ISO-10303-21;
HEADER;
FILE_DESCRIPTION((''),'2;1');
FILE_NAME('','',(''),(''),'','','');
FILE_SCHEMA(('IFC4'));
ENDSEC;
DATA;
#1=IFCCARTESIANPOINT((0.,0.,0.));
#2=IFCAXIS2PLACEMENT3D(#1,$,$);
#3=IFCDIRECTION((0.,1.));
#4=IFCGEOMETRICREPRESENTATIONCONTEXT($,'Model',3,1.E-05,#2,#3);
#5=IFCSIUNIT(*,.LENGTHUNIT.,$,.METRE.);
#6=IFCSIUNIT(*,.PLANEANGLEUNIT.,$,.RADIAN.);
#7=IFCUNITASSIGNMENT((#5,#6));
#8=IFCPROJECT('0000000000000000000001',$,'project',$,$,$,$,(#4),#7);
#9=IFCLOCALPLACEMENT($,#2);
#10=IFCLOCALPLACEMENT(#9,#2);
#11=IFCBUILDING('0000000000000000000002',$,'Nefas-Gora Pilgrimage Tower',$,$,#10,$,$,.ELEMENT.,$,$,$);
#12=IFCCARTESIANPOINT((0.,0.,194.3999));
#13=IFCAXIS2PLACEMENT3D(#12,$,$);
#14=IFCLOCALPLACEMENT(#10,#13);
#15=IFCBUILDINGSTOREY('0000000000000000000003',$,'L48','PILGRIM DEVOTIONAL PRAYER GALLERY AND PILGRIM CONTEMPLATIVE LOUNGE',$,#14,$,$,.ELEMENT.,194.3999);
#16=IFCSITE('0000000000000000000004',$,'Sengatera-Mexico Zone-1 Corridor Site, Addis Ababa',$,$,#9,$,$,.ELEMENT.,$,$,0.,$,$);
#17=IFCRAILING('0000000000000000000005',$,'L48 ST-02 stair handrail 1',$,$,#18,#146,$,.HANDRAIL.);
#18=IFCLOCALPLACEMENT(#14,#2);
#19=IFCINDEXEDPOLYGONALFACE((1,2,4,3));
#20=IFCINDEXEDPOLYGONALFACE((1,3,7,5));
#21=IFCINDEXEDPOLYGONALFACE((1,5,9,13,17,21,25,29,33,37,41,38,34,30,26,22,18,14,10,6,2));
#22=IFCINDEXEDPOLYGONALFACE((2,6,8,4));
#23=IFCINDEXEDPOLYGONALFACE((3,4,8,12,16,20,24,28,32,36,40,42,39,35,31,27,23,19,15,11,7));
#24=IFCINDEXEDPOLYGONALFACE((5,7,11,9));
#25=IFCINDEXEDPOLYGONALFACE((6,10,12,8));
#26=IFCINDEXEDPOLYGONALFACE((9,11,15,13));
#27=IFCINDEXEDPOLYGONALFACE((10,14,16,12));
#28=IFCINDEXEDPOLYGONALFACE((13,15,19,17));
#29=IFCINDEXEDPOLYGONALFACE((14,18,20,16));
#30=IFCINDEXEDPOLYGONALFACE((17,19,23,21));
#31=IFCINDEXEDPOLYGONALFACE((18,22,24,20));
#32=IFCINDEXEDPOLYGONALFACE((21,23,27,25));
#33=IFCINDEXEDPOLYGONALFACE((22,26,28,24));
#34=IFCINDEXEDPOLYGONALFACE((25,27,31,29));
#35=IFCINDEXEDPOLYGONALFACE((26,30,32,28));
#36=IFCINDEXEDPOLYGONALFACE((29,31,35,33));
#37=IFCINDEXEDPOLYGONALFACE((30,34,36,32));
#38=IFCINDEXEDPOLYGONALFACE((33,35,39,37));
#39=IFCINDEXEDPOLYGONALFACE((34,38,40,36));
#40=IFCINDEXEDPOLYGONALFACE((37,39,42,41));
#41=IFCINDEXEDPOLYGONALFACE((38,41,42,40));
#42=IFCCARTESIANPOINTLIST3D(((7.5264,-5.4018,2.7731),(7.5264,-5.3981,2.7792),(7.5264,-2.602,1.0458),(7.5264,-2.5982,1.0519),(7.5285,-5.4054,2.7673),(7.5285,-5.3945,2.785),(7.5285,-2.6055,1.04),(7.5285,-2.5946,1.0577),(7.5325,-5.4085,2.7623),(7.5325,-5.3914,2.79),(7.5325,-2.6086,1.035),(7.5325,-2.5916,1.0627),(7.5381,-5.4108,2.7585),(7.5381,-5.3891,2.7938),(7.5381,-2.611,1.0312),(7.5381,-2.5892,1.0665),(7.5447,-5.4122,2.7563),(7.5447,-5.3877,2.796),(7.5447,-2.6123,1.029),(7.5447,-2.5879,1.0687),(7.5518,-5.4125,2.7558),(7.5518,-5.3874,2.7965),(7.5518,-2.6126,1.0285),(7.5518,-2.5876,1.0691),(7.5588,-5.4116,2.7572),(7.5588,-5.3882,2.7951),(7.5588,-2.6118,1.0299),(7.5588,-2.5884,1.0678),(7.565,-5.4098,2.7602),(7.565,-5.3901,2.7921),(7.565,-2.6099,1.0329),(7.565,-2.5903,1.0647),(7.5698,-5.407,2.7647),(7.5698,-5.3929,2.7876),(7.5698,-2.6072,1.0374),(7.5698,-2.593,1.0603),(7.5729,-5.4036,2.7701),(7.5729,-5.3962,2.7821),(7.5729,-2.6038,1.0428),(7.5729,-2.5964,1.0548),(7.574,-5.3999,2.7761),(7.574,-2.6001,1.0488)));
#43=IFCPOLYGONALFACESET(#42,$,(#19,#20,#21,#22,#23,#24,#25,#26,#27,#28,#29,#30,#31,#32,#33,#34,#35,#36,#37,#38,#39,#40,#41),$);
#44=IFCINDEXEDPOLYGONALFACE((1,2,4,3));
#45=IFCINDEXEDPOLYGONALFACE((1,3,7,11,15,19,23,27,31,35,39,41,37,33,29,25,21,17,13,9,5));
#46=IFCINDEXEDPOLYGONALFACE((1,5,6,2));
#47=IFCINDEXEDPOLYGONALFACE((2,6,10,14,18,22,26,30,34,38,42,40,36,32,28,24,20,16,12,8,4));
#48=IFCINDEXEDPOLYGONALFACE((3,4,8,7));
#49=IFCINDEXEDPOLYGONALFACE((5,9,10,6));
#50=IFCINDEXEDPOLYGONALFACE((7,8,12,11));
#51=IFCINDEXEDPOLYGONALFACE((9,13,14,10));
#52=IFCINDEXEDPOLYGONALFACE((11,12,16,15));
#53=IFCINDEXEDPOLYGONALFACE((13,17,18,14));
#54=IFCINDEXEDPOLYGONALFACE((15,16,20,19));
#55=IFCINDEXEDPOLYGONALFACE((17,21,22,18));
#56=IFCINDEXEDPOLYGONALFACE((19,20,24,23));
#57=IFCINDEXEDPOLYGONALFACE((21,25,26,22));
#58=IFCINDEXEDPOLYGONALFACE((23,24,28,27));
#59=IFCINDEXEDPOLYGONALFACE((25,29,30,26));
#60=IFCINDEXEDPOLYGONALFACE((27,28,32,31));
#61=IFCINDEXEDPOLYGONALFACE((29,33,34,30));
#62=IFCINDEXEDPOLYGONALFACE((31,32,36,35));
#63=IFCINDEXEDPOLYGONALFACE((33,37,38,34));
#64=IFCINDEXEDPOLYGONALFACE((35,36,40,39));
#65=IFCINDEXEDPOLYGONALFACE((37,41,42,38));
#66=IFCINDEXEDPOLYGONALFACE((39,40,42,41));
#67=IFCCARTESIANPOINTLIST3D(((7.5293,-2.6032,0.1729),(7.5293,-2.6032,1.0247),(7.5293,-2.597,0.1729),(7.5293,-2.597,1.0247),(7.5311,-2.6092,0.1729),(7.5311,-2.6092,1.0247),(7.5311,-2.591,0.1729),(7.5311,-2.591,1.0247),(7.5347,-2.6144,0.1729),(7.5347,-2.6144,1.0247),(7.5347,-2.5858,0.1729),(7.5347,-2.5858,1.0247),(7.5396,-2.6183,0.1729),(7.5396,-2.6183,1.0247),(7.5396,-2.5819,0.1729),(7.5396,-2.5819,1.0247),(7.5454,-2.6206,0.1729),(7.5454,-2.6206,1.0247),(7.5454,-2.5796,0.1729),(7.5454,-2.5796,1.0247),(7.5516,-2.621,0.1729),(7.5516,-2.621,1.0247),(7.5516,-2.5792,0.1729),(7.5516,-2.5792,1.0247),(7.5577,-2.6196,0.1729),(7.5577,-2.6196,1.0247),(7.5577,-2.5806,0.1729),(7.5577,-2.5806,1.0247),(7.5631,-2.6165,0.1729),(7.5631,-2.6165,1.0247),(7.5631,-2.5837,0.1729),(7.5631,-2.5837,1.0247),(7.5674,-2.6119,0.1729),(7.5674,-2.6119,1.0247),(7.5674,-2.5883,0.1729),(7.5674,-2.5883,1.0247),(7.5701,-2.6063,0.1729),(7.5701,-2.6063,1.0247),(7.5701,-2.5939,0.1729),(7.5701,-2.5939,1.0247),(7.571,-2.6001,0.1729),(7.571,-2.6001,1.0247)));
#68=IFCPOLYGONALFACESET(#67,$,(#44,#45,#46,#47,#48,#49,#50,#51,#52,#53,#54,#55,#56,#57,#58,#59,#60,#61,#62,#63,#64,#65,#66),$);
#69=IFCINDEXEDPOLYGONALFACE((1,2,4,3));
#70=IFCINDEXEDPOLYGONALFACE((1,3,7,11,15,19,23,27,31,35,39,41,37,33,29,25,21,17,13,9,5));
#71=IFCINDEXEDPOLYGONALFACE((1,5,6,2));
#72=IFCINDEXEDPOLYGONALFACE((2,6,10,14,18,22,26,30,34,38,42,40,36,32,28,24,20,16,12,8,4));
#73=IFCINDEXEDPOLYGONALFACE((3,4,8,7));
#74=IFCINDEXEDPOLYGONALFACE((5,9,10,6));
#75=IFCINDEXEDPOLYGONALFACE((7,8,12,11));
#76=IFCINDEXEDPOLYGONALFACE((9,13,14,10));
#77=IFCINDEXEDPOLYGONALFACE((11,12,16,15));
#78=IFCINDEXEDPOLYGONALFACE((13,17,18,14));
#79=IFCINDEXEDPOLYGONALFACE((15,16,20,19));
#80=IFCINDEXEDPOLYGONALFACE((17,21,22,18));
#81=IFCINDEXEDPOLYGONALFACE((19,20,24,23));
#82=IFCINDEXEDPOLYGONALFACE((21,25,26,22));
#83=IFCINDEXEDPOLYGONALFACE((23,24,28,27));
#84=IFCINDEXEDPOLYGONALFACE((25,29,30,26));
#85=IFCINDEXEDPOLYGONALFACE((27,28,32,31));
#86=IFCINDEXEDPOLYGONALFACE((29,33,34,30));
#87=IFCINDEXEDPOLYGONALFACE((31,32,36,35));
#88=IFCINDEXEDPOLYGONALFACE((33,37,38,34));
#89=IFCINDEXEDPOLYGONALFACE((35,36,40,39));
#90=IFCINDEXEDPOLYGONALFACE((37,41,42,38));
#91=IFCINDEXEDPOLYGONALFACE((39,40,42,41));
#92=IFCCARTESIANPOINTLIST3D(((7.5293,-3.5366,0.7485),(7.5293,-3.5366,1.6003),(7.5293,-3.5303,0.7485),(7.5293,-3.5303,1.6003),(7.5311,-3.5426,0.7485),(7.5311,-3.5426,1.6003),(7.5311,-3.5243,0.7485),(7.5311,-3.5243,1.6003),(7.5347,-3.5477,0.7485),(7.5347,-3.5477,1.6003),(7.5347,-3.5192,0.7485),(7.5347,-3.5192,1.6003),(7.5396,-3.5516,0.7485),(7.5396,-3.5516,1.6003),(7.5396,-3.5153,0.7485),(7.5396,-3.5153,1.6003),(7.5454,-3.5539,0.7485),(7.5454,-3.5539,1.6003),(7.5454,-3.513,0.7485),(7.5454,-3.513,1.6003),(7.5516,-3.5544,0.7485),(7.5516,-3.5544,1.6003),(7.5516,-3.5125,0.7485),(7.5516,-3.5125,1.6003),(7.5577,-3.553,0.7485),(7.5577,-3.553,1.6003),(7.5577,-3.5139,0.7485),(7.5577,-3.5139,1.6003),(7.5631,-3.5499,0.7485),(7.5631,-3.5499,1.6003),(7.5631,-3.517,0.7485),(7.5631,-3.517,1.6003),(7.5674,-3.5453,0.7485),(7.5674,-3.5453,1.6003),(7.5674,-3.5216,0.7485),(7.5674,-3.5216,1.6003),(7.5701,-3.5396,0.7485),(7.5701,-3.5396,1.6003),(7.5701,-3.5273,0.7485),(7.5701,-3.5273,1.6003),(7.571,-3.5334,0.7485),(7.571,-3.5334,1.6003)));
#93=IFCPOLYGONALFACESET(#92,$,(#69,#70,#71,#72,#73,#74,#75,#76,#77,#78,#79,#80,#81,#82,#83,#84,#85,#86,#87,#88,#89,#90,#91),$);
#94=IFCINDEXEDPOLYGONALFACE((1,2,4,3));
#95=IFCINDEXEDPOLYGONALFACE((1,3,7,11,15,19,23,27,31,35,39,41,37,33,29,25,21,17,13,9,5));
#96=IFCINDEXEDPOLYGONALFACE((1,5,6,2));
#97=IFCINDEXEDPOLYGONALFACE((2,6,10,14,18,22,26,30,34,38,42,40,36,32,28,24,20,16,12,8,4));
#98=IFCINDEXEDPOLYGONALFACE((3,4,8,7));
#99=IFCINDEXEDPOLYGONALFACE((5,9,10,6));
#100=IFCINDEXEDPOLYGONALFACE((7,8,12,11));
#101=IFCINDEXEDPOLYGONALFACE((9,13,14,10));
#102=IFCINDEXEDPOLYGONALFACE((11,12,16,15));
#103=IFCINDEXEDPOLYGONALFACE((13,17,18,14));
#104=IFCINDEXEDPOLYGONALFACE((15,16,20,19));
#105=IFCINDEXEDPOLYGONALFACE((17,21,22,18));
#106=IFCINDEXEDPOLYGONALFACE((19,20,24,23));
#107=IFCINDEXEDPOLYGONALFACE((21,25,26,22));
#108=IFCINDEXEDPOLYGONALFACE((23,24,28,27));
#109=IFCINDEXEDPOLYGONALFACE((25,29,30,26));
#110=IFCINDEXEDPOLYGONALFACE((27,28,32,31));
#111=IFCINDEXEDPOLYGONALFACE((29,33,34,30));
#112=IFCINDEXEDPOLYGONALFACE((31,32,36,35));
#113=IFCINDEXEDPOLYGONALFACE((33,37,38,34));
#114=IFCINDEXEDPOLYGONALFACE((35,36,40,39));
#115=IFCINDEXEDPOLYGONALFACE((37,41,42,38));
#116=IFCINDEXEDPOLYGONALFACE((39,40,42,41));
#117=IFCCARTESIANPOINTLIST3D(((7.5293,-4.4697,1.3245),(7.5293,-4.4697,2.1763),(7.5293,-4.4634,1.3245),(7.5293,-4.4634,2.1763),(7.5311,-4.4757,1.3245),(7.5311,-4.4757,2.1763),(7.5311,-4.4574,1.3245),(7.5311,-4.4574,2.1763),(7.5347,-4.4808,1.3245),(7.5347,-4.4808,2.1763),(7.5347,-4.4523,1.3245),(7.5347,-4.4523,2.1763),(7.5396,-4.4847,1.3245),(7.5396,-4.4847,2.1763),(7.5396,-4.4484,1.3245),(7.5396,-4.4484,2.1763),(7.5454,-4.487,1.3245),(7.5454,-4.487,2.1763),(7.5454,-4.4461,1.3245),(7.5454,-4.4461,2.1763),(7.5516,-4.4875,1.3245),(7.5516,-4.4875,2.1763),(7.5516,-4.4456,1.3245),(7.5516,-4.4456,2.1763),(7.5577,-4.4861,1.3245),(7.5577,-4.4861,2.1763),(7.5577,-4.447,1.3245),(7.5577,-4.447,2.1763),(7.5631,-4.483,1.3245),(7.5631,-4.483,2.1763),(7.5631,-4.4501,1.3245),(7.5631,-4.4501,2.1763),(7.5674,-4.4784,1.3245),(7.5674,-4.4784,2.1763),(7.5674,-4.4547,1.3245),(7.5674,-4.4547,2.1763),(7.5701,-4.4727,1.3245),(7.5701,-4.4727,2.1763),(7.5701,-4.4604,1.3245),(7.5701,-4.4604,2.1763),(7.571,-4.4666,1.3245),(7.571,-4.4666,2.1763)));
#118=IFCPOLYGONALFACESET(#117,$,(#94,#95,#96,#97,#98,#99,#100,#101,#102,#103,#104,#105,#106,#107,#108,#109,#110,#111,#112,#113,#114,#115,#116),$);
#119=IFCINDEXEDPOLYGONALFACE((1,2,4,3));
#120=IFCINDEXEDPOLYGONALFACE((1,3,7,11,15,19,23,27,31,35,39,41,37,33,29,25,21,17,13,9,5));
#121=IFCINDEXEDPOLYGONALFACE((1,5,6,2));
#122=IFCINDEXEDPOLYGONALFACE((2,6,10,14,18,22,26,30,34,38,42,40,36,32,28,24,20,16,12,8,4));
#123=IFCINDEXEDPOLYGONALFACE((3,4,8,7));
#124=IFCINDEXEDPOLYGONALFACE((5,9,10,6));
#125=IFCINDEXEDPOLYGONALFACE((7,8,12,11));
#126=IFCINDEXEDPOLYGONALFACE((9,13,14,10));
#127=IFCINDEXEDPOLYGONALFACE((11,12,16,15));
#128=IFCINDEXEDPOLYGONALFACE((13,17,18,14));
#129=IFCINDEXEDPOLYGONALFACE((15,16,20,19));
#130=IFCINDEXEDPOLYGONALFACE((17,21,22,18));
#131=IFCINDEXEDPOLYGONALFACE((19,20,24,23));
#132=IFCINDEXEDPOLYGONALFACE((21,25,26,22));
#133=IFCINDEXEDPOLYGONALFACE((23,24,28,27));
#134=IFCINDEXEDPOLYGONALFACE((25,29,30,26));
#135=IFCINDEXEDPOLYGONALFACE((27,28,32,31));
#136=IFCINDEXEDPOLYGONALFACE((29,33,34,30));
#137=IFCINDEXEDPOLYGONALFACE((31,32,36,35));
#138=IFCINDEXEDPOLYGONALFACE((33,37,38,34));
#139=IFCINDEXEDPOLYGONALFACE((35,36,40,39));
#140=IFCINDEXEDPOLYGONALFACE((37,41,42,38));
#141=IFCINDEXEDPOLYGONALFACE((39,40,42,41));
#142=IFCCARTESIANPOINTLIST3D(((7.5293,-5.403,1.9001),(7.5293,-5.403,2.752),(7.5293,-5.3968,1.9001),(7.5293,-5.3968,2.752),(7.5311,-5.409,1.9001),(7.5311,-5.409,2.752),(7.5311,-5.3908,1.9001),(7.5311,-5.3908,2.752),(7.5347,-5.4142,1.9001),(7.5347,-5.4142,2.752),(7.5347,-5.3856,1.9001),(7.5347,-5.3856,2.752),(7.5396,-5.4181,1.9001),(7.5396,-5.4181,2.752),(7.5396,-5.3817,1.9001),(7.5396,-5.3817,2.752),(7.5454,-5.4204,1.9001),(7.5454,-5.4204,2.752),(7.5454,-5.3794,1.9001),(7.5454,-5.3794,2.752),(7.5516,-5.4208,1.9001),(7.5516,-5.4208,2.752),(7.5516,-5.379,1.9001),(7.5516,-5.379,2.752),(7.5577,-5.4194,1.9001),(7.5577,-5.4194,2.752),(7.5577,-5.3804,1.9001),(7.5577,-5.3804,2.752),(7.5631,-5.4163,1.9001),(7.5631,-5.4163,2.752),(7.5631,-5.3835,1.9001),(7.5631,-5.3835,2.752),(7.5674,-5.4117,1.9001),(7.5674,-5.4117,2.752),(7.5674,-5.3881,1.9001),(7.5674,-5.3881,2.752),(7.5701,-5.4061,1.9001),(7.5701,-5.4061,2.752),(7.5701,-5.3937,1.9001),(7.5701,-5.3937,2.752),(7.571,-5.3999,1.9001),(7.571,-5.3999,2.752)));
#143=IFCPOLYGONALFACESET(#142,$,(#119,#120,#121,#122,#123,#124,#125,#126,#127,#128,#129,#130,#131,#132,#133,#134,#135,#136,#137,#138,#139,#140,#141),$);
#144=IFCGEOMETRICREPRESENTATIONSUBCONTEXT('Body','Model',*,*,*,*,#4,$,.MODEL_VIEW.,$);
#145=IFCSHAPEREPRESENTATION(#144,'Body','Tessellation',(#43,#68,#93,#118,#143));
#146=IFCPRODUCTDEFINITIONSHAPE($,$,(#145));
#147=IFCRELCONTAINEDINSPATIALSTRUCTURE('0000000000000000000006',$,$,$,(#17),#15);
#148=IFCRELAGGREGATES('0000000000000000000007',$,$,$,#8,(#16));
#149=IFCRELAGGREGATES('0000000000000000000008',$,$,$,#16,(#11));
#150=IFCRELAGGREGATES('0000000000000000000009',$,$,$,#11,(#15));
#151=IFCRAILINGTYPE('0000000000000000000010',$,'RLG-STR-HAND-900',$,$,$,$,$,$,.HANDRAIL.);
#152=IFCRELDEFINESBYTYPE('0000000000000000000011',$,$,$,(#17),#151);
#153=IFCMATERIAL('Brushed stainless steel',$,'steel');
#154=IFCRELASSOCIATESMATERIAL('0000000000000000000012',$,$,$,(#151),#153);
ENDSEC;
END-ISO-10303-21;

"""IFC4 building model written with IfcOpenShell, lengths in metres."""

from ifc_helpers import new_model, si_unit, direction, frame, origin, origin_2d, place, context, subcontext, project, spatial, circle, extrude, material, type_object, element, save


model = new_model("IFC4")

# Units and contexts
model_context = context("Model", 3, precision=1e-05, world=origin(), true_north=direction((0.0, 1.0)))
body_context = subcontext(model_context, "Body", "Model", "MODEL_VIEW")
ifc_project = project(units=[si_unit("LENGTHUNIT", "METRE"), si_unit("PLANEANGLEUNIT", "RADIAN")], contexts=[model_context])

# Site, building, storey
site_placement = place(None, origin())
site = spatial("IfcSite", under=ifc_project, at=site_placement, Name="Sengatera-Mexico Zone-1 Corridor Site, Addis Ababa", CompositionType="ELEMENT", RefElevation=0.0)
building_placement = place(site_placement, origin())
building = spatial("IfcBuilding", under=site, at=building_placement, Name="Nefas-Gora Pilgrimage Tower", CompositionType="ELEMENT")
storey_placement = place(building_placement, frame((0.0, 0.0, 194.3999)))
storey = spatial("IfcBuildingStorey", under=building, at=storey_placement, Name="L48", Description="PILGRIM DEVOTIONAL PRAYER GALLERY AND PILGRIM CONTEMPLATIVE LOUNGE", CompositionType="ELEMENT", Elevation=194.3999)

# Railing
ifc_material_1 = material(Name="Brushed stainless steel", Category="steel")
railing_type_1 = type_object("IfcRailingType", Name="RLG-STR-HAND-900", PredefinedType="HANDRAIL", material=ifc_material_1)
railing_1_placement = place(storey_placement, frame((7.55, -2.6001, 0.1729)))
element("IfcRailing", 1, at=railing_1_placement, inside=storey, type_object=railing_type_1, Name="L48 ST-02 stair handrail 1", PredefinedType="HANDRAIL", context=body_context, shape_type="SweptSolid", body=[
    extrude(circle(Radius=0.0239, at=origin_2d()), frame((0.0, 0.0, 0.876), z_axis=(0.0, -0.851069, 0.525054), x_axis=(1.0, 0.0, 0.0)), (0.0, 0.0, 1.0), 3.2898),
    extrude(circle(Radius=0.021, at=origin_2d()), origin(), (0.0, 0.0, 1.0), 0.8518),
    extrude(circle(Radius=0.021, at=origin_2d()), frame((0.0, -0.9333, 0.5757)), (0.0, 0.0, 1.0), 0.8518),
    extrude(circle(Radius=0.021, at=origin_2d()), frame((0.0, -1.8665, 1.1516)), (0.0, 0.0, 1.0), 0.8518),
    extrude(circle(Radius=0.021, at=origin_2d()), frame((0.0, -2.7998, 1.7273)), (0.0, 0.0, 1.0), 0.8518),
])

save(model, "model.ifc")
